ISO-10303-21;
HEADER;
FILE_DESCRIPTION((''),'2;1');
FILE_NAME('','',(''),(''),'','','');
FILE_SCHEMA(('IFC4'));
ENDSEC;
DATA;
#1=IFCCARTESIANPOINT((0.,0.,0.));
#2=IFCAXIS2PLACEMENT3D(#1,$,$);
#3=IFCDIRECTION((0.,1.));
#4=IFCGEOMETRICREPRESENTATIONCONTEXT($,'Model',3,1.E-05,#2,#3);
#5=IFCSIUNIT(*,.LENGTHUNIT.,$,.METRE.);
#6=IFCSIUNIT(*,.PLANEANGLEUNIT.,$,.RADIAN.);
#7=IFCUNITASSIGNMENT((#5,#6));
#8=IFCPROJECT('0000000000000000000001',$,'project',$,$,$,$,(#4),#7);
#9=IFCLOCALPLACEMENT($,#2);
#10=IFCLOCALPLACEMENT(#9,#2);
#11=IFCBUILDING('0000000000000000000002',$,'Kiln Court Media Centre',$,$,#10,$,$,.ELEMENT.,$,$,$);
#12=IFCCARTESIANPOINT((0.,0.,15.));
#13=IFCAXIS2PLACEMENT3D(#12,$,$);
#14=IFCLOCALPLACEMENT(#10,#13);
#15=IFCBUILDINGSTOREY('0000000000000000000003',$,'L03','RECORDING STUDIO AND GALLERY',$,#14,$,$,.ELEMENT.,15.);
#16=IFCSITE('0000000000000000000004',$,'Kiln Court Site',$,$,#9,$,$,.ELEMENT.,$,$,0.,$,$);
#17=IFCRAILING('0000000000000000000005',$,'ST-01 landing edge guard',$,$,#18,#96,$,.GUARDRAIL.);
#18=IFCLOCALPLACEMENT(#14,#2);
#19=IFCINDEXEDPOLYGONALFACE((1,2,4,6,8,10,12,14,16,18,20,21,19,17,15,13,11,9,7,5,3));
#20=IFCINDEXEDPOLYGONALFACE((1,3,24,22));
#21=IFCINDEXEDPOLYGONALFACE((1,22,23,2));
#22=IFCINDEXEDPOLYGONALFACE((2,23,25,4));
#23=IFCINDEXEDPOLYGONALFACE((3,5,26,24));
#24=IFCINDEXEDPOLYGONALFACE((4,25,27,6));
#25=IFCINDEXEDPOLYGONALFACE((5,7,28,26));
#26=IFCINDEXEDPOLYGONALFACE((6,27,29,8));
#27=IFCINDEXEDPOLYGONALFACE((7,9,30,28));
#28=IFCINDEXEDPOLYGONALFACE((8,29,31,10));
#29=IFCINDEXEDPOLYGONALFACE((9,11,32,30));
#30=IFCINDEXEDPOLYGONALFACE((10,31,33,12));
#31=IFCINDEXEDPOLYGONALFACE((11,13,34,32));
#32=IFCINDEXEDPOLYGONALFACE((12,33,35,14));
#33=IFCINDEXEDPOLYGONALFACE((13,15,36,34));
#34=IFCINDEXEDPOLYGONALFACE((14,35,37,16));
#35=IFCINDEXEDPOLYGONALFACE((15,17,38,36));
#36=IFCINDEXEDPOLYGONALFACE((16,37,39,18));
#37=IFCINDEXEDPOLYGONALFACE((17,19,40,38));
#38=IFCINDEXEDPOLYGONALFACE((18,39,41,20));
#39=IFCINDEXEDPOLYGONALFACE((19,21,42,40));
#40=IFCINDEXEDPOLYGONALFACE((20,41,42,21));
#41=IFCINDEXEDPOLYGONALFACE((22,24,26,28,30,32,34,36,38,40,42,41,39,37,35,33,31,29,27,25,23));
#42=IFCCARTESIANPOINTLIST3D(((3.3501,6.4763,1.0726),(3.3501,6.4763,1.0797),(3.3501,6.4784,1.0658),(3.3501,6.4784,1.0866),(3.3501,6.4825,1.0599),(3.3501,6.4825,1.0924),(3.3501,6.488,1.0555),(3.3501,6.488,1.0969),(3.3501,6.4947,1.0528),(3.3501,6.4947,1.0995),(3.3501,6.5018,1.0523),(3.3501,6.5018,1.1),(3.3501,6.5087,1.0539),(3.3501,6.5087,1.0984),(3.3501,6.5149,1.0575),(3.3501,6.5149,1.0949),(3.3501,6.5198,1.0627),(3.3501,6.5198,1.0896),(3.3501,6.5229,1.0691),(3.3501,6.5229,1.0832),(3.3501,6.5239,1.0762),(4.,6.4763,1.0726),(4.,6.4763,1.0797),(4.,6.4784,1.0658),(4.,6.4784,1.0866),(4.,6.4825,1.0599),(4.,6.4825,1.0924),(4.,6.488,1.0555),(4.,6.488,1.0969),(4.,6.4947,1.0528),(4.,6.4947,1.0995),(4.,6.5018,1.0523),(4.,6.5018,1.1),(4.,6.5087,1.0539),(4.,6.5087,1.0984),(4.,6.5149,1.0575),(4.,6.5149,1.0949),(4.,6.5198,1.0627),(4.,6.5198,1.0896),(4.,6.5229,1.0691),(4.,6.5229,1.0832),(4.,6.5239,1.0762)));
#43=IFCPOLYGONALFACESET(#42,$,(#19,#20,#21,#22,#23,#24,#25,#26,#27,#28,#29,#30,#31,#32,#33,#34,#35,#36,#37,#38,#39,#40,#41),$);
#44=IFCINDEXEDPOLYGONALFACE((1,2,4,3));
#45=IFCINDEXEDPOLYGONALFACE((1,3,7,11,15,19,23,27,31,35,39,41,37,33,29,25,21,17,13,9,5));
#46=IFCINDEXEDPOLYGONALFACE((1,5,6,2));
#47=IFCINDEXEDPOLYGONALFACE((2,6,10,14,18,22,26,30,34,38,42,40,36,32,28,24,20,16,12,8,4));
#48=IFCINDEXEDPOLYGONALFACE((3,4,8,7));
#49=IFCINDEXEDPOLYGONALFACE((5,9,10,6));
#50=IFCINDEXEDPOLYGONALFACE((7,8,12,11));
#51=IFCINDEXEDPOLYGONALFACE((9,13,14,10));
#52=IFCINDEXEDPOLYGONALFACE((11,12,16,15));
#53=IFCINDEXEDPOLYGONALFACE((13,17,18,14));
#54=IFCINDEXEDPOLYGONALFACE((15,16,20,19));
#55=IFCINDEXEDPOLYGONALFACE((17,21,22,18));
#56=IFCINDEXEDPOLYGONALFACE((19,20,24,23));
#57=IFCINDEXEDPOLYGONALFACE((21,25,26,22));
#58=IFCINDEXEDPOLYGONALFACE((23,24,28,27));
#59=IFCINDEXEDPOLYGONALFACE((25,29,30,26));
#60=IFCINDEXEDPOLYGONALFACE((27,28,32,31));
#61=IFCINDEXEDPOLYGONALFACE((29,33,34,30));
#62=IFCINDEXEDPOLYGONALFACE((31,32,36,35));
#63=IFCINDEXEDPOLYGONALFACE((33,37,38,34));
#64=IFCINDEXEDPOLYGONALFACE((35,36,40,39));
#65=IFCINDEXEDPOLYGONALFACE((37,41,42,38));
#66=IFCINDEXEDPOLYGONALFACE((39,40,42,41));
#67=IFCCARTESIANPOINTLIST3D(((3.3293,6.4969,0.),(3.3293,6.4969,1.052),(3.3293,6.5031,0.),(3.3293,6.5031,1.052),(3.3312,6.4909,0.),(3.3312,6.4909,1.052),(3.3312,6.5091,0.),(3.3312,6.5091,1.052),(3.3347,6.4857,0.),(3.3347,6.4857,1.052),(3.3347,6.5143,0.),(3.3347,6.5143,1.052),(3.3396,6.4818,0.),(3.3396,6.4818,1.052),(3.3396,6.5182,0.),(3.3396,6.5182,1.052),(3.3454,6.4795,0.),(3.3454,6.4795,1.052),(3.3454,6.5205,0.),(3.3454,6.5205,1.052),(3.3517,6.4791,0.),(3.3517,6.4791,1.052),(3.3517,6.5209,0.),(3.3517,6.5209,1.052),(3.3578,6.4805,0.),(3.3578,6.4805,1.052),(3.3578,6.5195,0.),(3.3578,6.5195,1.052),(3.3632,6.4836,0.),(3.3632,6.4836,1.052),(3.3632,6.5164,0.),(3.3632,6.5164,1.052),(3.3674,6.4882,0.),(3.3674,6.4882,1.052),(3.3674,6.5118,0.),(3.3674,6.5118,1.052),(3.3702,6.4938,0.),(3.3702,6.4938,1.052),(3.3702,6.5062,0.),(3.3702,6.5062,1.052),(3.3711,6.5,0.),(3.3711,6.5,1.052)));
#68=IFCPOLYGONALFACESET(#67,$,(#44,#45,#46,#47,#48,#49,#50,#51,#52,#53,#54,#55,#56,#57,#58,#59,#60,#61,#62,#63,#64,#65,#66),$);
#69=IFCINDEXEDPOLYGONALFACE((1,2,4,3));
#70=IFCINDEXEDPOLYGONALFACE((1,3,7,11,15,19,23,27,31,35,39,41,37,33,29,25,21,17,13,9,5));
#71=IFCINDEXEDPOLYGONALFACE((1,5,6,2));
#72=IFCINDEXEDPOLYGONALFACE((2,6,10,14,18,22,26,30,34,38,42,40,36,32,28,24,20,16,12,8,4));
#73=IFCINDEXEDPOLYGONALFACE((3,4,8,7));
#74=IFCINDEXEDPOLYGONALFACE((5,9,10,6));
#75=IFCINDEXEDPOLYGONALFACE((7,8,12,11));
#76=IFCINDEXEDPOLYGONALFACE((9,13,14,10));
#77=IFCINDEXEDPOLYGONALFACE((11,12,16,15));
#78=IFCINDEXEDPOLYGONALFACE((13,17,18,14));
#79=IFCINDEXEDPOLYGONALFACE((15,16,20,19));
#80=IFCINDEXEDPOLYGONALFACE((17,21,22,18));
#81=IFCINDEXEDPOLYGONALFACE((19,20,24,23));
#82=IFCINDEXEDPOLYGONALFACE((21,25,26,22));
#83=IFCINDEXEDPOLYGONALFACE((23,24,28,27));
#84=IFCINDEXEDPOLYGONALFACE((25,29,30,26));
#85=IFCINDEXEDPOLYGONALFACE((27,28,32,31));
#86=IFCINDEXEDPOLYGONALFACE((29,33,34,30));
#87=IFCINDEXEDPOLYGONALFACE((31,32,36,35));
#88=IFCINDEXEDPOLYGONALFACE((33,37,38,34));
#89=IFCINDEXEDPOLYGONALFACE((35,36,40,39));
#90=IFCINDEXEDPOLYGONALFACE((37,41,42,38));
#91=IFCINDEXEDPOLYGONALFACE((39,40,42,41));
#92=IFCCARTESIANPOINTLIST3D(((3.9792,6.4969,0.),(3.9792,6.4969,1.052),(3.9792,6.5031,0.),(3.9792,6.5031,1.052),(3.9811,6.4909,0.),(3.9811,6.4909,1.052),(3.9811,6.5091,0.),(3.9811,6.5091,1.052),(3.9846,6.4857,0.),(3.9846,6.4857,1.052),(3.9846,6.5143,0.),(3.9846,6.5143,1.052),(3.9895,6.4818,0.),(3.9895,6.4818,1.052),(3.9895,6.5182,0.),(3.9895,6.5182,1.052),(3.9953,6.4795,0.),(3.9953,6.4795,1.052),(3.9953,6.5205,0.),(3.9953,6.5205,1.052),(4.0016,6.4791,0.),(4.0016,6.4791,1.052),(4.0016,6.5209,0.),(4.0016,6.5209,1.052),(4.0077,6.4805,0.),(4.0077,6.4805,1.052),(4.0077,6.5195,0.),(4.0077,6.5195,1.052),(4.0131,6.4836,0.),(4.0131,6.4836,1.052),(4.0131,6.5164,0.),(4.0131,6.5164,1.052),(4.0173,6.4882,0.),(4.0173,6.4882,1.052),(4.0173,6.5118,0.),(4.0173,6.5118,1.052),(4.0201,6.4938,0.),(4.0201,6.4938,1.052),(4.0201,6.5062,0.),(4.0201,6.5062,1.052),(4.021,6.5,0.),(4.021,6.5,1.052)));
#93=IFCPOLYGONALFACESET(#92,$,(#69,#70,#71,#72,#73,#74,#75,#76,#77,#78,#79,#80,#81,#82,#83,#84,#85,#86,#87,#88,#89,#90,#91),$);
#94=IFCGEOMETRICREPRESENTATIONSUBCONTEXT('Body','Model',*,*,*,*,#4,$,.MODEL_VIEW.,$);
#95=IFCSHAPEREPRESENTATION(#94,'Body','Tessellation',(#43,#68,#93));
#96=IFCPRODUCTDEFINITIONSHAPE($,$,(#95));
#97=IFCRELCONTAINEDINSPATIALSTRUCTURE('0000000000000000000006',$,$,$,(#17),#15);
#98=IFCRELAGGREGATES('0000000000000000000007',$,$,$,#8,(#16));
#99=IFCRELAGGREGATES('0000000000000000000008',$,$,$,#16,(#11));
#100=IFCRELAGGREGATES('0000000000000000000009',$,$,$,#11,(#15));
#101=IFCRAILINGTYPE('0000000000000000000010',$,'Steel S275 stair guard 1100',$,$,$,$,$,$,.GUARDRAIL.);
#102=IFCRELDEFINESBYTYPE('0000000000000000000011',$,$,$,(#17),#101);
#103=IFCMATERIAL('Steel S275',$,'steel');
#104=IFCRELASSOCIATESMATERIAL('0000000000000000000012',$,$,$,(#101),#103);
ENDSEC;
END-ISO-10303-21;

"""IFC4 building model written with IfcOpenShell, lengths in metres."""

from ifc_helpers import new_model, si_unit, direction, frame, origin, origin_2d, place, context, subcontext, project, spatial, circle, extrude, material, type_object, element, save


model = new_model("IFC4")

# Units and contexts
model_context = context("Model", 3, precision=1e-05, world=origin(), true_north=direction((0.0, 1.0)))
body_context = subcontext(model_context, "Body", "Model", "MODEL_VIEW")
ifc_project = project(units=[si_unit("LENGTHUNIT", "METRE"), si_unit("PLANEANGLEUNIT", "RADIAN")], contexts=[model_context])

# Site, building, storey
site_placement = place(None, origin())
site = spatial("IfcSite", under=ifc_project, at=site_placement, Name="Kiln Court Site", CompositionType="ELEMENT", RefElevation=0.0)
building_placement = place(site_placement, origin())
building = spatial("IfcBuilding", under=site, at=building_placement, Name="Kiln Court Media Centre", CompositionType="ELEMENT")
storey_placement = place(building_placement, frame((0.0, 0.0, 15.0)))
storey = spatial("IfcBuildingStorey", under=building, at=storey_placement, Name="L03", Description="RECORDING STUDIO AND GALLERY", CompositionType="ELEMENT", Elevation=15.0)

# Railing
ifc_material_1 = material(Name="Steel S275", Category="steel")
railing_type_1 = type_object("IfcRailingType", Name="Steel S275 stair guard 1100", PredefinedType="GUARDRAIL", material=ifc_material_1)
for number, where, name in (
    (1, (3.3501, 6.5, 0.0), "ST-01 landing edge guard"),
):
    element("IfcRailing", number, at=place(storey_placement, frame(where)), inside=storey, type_object=railing_type_1, Name=name, PredefinedType="GUARDRAIL", context=body_context, shape_type="SweptSolid", body=[
        extrude(circle(Radius=0.0239, at=origin_2d()), frame((0.0, 0.0, 1.0762), z_axis=(1.0, 0.0, 0.0), x_axis=(0.0, 1.0, 0.0)), (0.0, 0.0, 1.0), 0.6499),
        extrude(circle(Radius=0.021, at=origin_2d()), origin(), (0.0, 0.0, 1.0), 1.052),
        extrude(circle(Radius=0.021, at=origin_2d()), frame((0.6499, 0.0, 0.0)), (0.0, 0.0, 1.0), 1.052),
    ])

save(model, "model.ifc")
